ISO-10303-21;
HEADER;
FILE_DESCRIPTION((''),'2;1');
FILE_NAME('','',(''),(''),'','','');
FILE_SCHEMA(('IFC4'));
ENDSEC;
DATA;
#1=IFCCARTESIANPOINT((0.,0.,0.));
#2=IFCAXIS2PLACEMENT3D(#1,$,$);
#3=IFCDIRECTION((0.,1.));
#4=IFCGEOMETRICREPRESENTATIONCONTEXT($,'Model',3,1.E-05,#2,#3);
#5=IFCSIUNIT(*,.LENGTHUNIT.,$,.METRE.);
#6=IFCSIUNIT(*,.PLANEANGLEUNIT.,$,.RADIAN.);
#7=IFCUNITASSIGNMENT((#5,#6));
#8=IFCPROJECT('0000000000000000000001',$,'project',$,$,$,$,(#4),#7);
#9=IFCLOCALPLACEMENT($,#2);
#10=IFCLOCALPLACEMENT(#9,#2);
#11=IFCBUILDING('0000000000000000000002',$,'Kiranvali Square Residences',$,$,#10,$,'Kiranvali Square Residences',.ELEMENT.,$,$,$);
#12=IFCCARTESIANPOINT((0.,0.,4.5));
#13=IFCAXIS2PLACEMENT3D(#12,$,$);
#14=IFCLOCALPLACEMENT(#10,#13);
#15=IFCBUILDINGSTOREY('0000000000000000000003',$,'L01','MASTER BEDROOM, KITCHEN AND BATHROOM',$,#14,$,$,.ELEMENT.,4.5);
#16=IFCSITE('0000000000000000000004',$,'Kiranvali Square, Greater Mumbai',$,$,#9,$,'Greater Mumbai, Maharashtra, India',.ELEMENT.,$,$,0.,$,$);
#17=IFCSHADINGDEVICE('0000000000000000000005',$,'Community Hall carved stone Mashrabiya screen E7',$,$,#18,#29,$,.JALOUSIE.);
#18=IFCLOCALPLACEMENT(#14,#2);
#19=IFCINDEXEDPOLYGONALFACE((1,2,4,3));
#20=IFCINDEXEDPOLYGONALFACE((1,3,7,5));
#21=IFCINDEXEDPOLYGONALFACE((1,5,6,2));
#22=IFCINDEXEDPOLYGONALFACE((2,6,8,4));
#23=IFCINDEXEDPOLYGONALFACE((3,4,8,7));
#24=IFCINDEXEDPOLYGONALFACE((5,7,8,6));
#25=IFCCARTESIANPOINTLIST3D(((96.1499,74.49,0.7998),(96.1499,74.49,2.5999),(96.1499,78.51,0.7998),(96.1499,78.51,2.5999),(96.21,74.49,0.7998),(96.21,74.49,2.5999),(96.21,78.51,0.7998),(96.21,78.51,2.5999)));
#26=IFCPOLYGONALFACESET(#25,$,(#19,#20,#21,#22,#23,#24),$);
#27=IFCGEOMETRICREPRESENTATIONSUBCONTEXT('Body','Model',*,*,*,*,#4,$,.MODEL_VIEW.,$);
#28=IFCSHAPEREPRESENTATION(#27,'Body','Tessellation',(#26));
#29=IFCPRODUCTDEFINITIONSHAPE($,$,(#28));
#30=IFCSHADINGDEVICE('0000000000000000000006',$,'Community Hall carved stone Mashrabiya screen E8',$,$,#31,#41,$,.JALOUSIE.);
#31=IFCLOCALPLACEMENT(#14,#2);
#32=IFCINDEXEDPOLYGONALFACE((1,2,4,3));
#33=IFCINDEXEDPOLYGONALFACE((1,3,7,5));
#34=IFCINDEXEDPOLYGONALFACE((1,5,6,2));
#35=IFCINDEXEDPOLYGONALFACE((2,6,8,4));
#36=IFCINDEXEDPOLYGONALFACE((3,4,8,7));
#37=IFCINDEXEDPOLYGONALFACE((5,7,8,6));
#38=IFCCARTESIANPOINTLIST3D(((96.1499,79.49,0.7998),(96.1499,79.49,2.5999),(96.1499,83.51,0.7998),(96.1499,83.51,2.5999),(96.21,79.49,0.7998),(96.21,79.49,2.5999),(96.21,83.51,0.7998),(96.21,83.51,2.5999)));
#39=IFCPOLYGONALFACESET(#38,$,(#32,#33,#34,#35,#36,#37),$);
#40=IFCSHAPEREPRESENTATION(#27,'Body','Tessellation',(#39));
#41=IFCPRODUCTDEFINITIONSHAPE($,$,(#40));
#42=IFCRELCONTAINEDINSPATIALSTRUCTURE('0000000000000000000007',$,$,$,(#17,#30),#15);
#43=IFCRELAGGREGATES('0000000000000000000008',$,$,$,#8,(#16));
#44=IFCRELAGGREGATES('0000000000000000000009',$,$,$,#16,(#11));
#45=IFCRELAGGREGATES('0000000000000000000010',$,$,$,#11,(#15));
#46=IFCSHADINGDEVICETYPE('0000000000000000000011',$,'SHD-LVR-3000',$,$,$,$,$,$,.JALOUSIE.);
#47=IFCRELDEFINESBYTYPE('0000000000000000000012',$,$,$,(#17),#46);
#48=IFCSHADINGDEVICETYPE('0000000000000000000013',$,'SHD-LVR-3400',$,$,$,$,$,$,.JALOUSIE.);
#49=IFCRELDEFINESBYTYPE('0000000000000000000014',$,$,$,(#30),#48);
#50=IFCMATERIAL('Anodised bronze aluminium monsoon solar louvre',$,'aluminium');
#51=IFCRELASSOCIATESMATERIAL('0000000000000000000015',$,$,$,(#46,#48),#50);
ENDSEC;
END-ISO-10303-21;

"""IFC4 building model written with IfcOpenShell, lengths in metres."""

from ifc_helpers import new_model, si_unit, direction, frame, origin, origin_2d, place, context, subcontext, project, spatial, rectangle, extrude, material, type_object, element, save


model = new_model("IFC4")

# Units and contexts
model_context = context("Model", 3, precision=1e-05, world=origin(), true_north=direction((0.0, 1.0)))
body_context = subcontext(model_context, "Body", "Model", "MODEL_VIEW")
ifc_project = project(units=[si_unit("LENGTHUNIT", "METRE"), si_unit("PLANEANGLEUNIT", "RADIAN")], contexts=[model_context])

# Site, building, storey
site_placement = place(None, origin())
site = spatial("IfcSite", under=ifc_project, at=site_placement, Name="Kiranvali Square, Greater Mumbai", LongName="Greater Mumbai, Maharashtra, India", CompositionType="ELEMENT", RefElevation=0.0)
building_placement = place(site_placement, origin())
building = spatial("IfcBuilding", under=site, at=building_placement, Name="Kiranvali Square Residences", LongName="Kiranvali Square Residences", CompositionType="ELEMENT")
storey_placement = place(building_placement, frame((0.0, 0.0, 4.5)))
storey = spatial("IfcBuildingStorey", under=building, at=storey_placement, Name="L01", Description="MASTER BEDROOM, KITCHEN AND BATHROOM", CompositionType="ELEMENT", Elevation=4.5)

# Shading devices
ifc_material_1 = material(Name="Anodised bronze aluminium monsoon solar louvre", Category="aluminium")
shading_device_type_1 = type_object("IfcShadingDeviceType", Name="SHD-LVR-3000", PredefinedType="JALOUSIE", material=ifc_material_1)
shading_device_1_placement = place(storey_placement, frame((96.1799, 76.5, 0.7998), z_axis=(0.0, 0.0, 1.0), x_axis=(1.0, 0.0, 0.0)))
element("IfcShadingDevice", 1, at=shading_device_1_placement, inside=storey, type_object=shading_device_type_1, Name="Community Hall carved stone Mashrabiya screen E7", PredefinedType="JALOUSIE", context=body_context, shape_type="SweptSolid", body=[
    extrude(rectangle(XDim=0.0601, YDim=4.02, at=origin_2d()), origin(), (0.0, 0.0, 1.0), 1.8),
])
shading_device_type_2 = type_object("IfcShadingDeviceType", Name="SHD-LVR-3400", PredefinedType="JALOUSIE", material=ifc_material_1)
shading_device_2_placement = place(storey_placement, frame((96.1799, 81.5, 0.7998), z_axis=(0.0, 0.0, 1.0), x_axis=(1.0, 0.0, 0.0)))
element("IfcShadingDevice", 2, at=shading_device_2_placement, inside=storey, type_object=shading_device_type_2, Name="Community Hall carved stone Mashrabiya screen E8", PredefinedType="JALOUSIE", context=body_context, shape_type="SweptSolid", body=[
    extrude(rectangle(XDim=0.0601, YDim=4.02, at=origin_2d()), origin(), (0.0, 0.0, 1.0), 1.8),
])

save(model, "model.ifc")
